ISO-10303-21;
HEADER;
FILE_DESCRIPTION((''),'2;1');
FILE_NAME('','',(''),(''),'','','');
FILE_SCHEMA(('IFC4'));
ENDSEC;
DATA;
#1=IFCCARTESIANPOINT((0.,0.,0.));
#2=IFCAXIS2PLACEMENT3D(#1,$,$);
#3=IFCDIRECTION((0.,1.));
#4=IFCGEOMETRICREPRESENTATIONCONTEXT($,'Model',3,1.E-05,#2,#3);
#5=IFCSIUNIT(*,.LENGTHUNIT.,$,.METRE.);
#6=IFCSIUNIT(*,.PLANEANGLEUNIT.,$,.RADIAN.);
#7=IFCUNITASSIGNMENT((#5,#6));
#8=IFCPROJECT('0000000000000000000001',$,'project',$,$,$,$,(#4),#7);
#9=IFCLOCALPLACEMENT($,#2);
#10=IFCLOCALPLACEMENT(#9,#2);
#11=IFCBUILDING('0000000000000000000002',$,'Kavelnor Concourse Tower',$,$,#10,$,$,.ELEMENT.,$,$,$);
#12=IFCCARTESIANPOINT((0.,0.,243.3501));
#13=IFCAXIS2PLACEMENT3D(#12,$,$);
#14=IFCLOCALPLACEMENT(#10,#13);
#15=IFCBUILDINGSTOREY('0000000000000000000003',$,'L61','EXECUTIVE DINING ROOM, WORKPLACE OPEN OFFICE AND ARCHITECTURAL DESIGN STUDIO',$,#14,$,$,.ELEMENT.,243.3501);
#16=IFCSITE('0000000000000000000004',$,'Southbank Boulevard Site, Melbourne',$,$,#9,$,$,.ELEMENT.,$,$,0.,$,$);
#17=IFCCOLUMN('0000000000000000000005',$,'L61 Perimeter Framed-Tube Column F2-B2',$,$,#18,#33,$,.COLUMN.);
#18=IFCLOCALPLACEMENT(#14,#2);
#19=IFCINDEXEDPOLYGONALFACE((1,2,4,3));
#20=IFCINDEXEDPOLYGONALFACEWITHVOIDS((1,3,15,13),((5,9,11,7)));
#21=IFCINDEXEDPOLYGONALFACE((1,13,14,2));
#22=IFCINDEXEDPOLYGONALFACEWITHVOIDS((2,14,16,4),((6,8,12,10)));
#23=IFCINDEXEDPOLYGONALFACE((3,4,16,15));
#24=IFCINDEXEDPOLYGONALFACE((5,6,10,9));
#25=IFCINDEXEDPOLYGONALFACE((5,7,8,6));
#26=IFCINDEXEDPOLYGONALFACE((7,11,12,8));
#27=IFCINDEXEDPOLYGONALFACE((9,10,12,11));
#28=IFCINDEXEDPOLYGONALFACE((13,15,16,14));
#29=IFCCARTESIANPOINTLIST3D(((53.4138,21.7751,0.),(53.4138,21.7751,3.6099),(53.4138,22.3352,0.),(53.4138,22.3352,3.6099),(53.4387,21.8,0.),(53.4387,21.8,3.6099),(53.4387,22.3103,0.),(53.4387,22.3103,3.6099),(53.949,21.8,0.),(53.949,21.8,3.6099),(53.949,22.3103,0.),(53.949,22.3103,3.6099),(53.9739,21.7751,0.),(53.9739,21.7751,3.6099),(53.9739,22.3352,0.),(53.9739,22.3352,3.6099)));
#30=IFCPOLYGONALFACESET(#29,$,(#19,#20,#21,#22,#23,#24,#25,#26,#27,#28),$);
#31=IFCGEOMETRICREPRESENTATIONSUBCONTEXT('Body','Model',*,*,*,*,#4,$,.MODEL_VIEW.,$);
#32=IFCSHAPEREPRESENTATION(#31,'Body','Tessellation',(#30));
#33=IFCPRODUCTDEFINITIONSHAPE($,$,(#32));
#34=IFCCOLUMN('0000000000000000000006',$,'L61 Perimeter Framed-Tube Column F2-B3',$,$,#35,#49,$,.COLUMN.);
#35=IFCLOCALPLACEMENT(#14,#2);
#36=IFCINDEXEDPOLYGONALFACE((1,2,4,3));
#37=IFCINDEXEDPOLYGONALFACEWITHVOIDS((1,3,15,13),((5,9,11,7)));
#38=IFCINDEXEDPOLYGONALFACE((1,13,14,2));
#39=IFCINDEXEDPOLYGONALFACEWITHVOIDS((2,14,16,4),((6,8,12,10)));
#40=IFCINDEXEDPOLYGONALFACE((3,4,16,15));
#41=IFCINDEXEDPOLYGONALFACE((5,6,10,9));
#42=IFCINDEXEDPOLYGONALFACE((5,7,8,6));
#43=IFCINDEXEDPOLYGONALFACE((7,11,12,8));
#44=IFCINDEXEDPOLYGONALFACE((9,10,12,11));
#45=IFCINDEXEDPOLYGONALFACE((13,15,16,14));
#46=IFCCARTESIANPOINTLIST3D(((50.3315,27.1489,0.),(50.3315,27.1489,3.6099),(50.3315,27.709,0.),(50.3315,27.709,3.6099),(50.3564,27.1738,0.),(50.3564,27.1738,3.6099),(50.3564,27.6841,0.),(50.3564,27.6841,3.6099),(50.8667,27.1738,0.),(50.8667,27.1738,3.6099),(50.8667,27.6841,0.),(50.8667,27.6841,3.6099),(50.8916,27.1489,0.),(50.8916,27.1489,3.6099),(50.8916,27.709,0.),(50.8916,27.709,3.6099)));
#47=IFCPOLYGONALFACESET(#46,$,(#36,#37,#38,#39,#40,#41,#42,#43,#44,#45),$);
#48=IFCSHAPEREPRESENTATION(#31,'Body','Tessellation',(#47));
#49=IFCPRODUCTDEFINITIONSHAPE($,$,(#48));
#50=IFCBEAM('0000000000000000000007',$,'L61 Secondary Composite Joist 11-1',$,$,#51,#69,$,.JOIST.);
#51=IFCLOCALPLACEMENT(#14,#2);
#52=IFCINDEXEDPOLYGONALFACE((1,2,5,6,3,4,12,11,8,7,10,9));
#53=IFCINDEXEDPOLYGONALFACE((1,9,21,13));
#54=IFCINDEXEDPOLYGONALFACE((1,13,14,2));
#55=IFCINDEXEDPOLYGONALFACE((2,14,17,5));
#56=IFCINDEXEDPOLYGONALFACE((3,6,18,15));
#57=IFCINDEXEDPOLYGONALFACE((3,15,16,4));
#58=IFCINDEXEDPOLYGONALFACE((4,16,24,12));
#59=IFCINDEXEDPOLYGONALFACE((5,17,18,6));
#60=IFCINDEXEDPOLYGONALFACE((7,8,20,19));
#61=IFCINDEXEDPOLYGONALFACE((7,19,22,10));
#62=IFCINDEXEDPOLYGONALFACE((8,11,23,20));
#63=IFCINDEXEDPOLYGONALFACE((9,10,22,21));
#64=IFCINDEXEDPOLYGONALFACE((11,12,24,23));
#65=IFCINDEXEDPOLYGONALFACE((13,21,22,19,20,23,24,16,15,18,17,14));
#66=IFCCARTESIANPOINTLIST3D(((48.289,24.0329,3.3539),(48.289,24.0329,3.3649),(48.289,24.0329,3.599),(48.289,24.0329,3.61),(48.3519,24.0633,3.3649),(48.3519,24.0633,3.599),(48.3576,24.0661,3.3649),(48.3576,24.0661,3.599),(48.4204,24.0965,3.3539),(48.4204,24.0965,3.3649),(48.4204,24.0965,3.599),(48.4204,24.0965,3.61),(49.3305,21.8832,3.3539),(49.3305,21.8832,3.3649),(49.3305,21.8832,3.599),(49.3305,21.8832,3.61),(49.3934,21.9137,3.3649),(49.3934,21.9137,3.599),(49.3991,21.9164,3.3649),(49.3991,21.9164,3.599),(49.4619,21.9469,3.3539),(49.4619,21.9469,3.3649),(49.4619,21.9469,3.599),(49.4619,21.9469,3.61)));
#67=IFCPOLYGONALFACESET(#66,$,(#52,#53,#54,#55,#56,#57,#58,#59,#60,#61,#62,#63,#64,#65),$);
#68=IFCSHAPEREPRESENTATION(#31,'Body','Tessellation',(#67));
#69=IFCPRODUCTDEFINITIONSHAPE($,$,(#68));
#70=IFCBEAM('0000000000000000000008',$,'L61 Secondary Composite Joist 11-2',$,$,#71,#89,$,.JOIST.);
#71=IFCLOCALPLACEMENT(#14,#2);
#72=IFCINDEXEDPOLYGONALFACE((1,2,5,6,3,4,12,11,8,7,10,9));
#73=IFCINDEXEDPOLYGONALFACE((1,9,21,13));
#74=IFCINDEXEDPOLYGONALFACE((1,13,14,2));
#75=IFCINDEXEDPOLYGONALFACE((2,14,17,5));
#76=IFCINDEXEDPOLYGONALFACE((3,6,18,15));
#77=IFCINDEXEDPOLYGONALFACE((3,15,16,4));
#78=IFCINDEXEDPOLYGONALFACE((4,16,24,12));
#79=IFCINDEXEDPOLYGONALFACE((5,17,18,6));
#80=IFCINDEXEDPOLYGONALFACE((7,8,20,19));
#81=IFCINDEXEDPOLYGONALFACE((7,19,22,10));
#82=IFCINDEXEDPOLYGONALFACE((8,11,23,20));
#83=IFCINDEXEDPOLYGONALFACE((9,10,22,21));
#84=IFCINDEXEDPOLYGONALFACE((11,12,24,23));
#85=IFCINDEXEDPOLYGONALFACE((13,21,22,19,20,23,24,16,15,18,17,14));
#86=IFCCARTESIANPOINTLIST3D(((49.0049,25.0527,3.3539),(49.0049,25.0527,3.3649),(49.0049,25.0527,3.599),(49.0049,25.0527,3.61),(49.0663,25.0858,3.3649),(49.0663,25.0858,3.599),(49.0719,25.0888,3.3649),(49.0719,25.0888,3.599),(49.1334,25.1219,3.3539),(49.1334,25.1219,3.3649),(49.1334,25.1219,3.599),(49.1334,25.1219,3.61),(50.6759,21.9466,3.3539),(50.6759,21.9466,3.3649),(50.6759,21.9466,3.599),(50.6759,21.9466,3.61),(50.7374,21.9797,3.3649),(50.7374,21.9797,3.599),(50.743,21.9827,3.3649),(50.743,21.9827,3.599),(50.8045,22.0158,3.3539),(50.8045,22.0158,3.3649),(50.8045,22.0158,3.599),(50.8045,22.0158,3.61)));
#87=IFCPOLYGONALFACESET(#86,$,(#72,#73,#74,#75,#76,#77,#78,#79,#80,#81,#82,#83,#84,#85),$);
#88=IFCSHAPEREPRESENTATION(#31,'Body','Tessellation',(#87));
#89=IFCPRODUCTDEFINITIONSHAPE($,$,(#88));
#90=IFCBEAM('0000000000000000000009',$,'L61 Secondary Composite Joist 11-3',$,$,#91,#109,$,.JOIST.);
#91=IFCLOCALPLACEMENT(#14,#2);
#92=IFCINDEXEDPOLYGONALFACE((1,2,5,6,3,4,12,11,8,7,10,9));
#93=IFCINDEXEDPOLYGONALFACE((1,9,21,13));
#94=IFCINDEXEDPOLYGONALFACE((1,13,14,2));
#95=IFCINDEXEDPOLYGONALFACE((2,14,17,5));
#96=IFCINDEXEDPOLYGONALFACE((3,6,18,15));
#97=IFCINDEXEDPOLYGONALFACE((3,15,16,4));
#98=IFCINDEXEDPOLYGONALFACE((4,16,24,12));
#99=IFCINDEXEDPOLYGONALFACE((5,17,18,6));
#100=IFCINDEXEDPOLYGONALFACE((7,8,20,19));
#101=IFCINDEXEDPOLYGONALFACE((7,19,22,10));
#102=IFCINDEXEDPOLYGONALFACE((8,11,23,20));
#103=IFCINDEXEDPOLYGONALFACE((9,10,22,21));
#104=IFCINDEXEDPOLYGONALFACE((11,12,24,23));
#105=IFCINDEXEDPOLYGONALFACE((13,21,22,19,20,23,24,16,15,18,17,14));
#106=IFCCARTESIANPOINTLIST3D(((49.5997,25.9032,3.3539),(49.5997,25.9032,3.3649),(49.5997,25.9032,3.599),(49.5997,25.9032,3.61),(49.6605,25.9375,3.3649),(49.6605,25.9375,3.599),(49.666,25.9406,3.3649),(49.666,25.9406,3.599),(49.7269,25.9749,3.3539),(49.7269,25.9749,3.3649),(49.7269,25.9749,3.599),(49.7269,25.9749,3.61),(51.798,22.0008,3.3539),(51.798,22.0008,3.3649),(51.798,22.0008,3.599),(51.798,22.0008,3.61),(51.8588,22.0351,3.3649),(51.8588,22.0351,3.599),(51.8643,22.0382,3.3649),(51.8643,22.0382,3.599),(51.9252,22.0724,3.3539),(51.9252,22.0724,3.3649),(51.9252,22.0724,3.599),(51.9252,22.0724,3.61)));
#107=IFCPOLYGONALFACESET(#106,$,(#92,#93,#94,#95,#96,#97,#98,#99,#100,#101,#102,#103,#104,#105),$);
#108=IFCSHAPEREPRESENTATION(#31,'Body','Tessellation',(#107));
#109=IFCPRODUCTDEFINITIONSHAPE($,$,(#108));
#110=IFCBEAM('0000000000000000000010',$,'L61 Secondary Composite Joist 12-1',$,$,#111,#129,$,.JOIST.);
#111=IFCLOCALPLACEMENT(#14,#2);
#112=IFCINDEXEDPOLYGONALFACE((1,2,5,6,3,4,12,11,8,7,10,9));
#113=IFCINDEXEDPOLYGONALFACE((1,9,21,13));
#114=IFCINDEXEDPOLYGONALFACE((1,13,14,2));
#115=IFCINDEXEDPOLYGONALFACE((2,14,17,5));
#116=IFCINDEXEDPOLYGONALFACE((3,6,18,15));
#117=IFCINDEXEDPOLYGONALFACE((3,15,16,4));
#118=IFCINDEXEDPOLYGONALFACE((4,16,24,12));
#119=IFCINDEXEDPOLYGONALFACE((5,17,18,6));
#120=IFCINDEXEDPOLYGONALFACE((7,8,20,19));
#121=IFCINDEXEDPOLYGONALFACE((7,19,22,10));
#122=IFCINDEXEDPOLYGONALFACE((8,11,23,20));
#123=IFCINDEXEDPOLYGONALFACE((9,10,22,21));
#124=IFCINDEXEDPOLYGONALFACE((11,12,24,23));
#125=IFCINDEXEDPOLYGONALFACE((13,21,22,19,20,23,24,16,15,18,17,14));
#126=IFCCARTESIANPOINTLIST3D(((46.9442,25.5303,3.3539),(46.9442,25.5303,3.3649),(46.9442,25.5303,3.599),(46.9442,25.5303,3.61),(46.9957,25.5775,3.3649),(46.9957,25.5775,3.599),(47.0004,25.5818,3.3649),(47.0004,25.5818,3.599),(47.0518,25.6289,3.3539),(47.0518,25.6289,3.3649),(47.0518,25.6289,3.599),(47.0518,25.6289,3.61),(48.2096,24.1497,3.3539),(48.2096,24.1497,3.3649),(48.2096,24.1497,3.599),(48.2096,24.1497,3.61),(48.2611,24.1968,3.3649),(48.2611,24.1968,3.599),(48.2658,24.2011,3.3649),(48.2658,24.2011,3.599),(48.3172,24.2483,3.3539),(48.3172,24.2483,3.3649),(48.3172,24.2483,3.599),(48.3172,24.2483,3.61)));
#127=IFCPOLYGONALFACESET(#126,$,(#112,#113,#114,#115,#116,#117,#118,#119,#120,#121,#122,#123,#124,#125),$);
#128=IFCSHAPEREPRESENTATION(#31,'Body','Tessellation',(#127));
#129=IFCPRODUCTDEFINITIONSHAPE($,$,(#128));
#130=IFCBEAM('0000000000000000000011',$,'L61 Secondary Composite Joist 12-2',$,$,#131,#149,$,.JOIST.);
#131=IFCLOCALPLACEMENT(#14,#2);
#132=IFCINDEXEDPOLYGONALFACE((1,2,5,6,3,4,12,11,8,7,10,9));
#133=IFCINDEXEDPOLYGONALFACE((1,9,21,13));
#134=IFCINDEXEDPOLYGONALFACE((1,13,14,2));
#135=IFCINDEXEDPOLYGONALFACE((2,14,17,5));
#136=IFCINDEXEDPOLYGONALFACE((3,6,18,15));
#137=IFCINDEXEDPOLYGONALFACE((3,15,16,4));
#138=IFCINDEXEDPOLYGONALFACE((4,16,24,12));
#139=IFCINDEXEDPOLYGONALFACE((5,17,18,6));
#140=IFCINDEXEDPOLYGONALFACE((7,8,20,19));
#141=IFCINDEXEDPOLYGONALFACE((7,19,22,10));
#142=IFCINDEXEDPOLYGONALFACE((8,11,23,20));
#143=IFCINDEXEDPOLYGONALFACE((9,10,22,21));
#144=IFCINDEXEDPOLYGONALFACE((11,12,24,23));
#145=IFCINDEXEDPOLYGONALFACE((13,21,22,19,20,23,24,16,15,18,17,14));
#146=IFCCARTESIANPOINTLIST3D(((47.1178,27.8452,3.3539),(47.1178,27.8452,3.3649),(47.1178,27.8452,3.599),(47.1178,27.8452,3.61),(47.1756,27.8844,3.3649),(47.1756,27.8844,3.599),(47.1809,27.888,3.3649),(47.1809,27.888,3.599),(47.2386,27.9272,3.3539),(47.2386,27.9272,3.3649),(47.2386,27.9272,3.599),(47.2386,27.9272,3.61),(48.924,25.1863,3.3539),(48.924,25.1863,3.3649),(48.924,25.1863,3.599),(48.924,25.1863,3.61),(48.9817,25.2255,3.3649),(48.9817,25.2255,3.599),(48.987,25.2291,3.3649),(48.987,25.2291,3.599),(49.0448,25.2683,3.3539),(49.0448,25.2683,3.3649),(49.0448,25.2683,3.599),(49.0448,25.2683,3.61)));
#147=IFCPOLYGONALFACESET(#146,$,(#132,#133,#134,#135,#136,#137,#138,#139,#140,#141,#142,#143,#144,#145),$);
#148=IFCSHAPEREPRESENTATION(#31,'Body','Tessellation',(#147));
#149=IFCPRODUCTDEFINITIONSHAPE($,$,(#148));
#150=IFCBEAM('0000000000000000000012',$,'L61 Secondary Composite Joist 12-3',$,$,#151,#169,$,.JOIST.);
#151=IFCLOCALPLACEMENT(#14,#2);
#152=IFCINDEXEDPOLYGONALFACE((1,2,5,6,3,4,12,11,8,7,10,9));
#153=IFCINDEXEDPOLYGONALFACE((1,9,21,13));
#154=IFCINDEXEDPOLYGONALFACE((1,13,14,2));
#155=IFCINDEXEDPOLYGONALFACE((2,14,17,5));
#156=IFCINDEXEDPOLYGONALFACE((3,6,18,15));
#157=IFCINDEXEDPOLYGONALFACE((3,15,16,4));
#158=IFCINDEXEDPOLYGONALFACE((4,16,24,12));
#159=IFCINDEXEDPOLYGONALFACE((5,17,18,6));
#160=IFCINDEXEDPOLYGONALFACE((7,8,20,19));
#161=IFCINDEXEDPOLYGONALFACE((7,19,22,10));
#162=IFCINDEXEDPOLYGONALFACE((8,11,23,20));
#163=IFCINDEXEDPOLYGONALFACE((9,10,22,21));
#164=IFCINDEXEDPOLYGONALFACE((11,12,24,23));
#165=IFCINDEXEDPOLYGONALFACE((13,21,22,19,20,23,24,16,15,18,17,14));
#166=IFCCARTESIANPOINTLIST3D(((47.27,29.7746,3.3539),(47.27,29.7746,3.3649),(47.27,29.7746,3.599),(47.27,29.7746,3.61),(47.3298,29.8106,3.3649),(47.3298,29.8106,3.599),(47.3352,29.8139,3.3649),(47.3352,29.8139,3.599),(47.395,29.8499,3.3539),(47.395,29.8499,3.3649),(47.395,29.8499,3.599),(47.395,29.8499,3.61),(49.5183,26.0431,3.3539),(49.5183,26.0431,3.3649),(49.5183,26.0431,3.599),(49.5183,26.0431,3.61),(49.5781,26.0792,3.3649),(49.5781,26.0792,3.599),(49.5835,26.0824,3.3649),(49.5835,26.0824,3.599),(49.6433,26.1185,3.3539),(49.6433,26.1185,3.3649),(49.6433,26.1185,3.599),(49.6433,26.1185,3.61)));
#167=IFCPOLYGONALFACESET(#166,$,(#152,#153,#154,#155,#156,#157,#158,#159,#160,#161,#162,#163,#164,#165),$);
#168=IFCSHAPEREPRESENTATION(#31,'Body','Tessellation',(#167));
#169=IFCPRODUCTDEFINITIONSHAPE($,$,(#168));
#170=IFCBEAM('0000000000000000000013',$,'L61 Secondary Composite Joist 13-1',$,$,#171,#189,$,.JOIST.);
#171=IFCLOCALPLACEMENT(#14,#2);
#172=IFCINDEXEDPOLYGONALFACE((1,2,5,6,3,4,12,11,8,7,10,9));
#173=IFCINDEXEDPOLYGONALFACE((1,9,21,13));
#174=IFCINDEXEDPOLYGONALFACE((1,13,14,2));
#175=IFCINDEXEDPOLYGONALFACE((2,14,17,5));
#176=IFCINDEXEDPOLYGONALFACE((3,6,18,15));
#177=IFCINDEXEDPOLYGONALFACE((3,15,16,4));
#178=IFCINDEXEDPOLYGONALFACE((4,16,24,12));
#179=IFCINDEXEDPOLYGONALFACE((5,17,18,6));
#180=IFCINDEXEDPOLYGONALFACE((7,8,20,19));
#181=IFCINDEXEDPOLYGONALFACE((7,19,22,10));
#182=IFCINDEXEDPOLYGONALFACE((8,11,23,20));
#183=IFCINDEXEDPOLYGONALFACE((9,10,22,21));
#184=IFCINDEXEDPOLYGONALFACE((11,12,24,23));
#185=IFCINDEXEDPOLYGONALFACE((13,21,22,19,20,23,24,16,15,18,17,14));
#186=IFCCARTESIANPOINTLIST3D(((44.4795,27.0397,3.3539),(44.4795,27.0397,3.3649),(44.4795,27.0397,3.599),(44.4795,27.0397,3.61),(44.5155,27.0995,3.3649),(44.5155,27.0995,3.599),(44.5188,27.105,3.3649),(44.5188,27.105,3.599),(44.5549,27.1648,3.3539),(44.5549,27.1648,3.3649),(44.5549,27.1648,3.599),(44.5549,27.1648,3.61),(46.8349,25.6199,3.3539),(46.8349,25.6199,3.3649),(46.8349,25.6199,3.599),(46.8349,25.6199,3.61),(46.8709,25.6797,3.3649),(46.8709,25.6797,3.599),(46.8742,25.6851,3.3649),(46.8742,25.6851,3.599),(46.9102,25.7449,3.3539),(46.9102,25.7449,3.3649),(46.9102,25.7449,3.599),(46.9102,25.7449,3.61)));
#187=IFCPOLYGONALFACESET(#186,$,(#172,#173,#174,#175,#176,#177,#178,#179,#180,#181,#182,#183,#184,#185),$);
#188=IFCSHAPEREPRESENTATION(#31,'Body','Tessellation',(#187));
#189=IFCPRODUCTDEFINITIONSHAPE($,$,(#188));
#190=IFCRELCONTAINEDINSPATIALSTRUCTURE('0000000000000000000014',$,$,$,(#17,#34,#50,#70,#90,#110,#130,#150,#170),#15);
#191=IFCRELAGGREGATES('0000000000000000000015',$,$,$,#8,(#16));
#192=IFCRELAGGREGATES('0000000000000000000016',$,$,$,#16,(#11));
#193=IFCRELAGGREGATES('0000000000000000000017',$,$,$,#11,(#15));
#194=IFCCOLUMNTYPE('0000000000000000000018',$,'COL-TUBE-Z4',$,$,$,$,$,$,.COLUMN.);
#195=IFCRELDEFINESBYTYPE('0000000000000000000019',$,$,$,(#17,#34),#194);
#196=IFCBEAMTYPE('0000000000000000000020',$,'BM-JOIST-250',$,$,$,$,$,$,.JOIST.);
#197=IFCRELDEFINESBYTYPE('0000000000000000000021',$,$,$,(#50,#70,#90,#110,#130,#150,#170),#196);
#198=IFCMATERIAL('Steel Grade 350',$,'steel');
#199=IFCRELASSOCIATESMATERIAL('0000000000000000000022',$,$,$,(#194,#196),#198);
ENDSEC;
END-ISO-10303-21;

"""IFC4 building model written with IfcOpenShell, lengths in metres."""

from ifc_helpers import new_model, si_unit, direction, frame, origin, origin_2d, place, context, subcontext, project, spatial, hollow_rectangle, i_section, extrude, material, material_profile, profile_set, type_object, element, save


model = new_model("IFC4")

# Units and contexts
model_context = context("Model", 3, precision=1e-05, world=origin(), true_north=direction((0.0, 1.0)))
body_context = subcontext(model_context, "Body", "Model", "MODEL_VIEW")
ifc_project = project(units=[si_unit("LENGTHUNIT", "METRE"), si_unit("PLANEANGLEUNIT", "RADIAN")], contexts=[model_context])

# Site, building, storey
site_placement = place(None, origin())
site = spatial("IfcSite", under=ifc_project, at=site_placement, Name="Southbank Boulevard Site, Melbourne", CompositionType="ELEMENT", RefElevation=0.0)
building_placement = place(site_placement, origin())
building = spatial("IfcBuilding", under=site, at=building_placement, Name="Kavelnor Concourse Tower", CompositionType="ELEMENT")
storey_placement = place(building_placement, frame((0.0, 0.0, 243.3501)))
storey = spatial("IfcBuildingStorey", under=building, at=storey_placement, Name="L61", Description="EXECUTIVE DINING ROOM, WORKPLACE OPEN OFFICE AND ARCHITECTURAL DESIGN STUDIO", CompositionType="ELEMENT", Elevation=243.3501)

# Columns
ifc_material_1 = material(Name="Steel Grade 350", Category="steel")
ifc_material_profile_1 = material_profile(ifc_material_1, hollow_rectangle(XDim=0.5601, YDim=0.5601, WallThickness=0.0249, at=origin_2d()), Name="SHS 560x560x25")
ifc_profile_set_1 = profile_set([ifc_material_profile_1], Name="Steel Grade 350")
column_type = type_object("IfcColumnType", Name="COL-TUBE-Z4", PredefinedType="COLUMN", material=ifc_profile_set_1)
for number, where, z_axis, x_axis, name in (
    (1, (53.6938, 22.0552, 0.0), (0.0, 0.0, 1.0), (1.0, 0.0, 0.0), "L61 Perimeter Framed-Tube Column F2-B2"),
    (2, (50.6116, 27.429, 0.0), (0.0, 0.0, 1.0), (1.0, 0.0, 0.0), "L61 Perimeter Framed-Tube Column F2-B3"),
):
    element("IfcColumn", number, at=place(storey_placement, frame(where, z_axis=z_axis, x_axis=x_axis)), inside=storey, type_object=column_type, Name=name, PredefinedType="COLUMN", context=body_context, shape_type="SweptSolid", body=[
        extrude(hollow_rectangle(XDim=0.5601, YDim=0.5601, WallThickness=0.0249, at=origin_2d()), origin(), (0.0, 0.0, 1.0), 3.6099),
    ])

# Beams
ifc_material_profile_2 = material_profile(ifc_material_1, i_section(OverallWidth=0.146, OverallDepth=0.2561, WebThickness=0.0063, FlangeThickness=0.011, at=origin_2d()), Name="250UB37")
ifc_profile_set_2 = profile_set([ifc_material_profile_2], Name="Steel Grade 350")
beam_type_1 = type_object("IfcBeamType", Name="BM-JOIST-250", PredefinedType="JOIST", material=ifc_profile_set_2)
beam_1_placement = place(storey_placement, frame((49.3962, 21.915, 3.4819), z_axis=(-0.436018, 0.899938, 0.0), x_axis=(-0.899938, -0.436018, 0.0)))
element("IfcBeam", 3, at=beam_1_placement, inside=storey, type_object=beam_type_1, Name="L61 Secondary Composite Joist 11-1", PredefinedType="JOIST", context=body_context, shape_type="SweptSolid", body=[
    extrude(i_section(OverallWidth=0.146, OverallDepth=0.2561, WebThickness=0.0063, FlangeThickness=0.011, at=origin_2d()), origin(), (0.0, 0.0, 1.0), 2.3887),
])
beam_2_placement = place(storey_placement, frame((50.7402, 21.9812, 3.4819), z_axis=(-0.473786, 0.88064, 0.0), x_axis=(-0.88064, -0.473786, 0.0)))
element("IfcBeam", 4, at=beam_2_placement, inside=storey, type_object=beam_type_1, Name="L61 Secondary Composite Joist 11-2", PredefinedType="JOIST", context=body_context, shape_type="SweptSolid", body=[
    extrude(i_section(OverallWidth=0.146, OverallDepth=0.2561, WebThickness=0.0063, FlangeThickness=0.011, at=origin_2d()), origin(), (0.0, 0.0, 1.0), 3.5271),
])
beam_3_placement = place(storey_placement, frame((51.8616, 22.0366, 3.4819), z_axis=(-0.490799, 0.871273, 0.0), x_axis=(-0.871273, -0.490799, 0.0)))
element("IfcBeam", 5, at=beam_3_placement, inside=storey, type_object=beam_type_1, Name="L61 Secondary Composite Joist 11-3", PredefinedType="JOIST", context=body_context, shape_type="SweptSolid", body=[
    extrude(i_section(OverallWidth=0.146, OverallDepth=0.2561, WebThickness=0.0063, FlangeThickness=0.011, at=origin_2d()), origin(), (0.0, 0.0, 1.0), 4.479),
])
beam_4_placement = place(storey_placement, frame((48.2634, 24.199, 3.4819), z_axis=(-0.675671, 0.737203, 0.0), x_axis=(-0.737203, -0.675671, 0.0)))
element("IfcBeam", 6, at=beam_4_placement, inside=storey, type_object=beam_type_1, Name="L61 Secondary Composite Joist 12-1", PredefinedType="JOIST", context=body_context, shape_type="SweptSolid", body=[
    extrude(i_section(OverallWidth=0.146, OverallDepth=0.2561, WebThickness=0.0063, FlangeThickness=0.011, at=origin_2d()), origin(), (0.0, 0.0, 1.0), 1.8728),
])
beam_5_placement = place(storey_placement, frame((48.9844, 25.2273, 3.4819), z_axis=(-0.561901, 0.827205, 0.0), x_axis=(-0.827205, -0.561901, 0.0)))
element("IfcBeam", 7, at=beam_5_placement, inside=storey, type_object=beam_type_1, Name="L61 Secondary Composite Joist 12-2", PredefinedType="JOIST", context=body_context, shape_type="SweptSolid", body=[
    extrude(i_section(OverallWidth=0.146, OverallDepth=0.2561, WebThickness=0.0063, FlangeThickness=0.011, at=origin_2d()), origin(), (0.0, 0.0, 1.0), 3.2144),
])
beam_6_placement = place(storey_placement, frame((49.5808, 26.0808, 3.4819), z_axis=(-0.516085, 0.856537, 0.0), x_axis=(-0.856537, -0.516085, 0.0)))
element("IfcBeam", 8, at=beam_6_placement, inside=storey, type_object=beam_type_1, Name="L61 Secondary Composite Joist 12-3", PredefinedType="JOIST", context=body_context, shape_type="SweptSolid", body=[
    extrude(i_section(OverallWidth=0.146, OverallDepth=0.2561, WebThickness=0.0063, FlangeThickness=0.011, at=origin_2d()), origin(), (0.0, 0.0, 1.0), 4.3564),
])
beam_7_placement = place(storey_placement, frame((46.8726, 25.6824, 3.4819), z_axis=(-0.856426, 0.51627, 0.0), x_axis=(-0.51627, -0.856426, 0.0)))
element("IfcBeam", 9, at=beam_7_placement, inside=storey, type_object=beam_type_1, Name="L61 Secondary Composite Joist 13-1", PredefinedType="JOIST", context=body_context, shape_type="SweptSolid", body=[
    extrude(i_section(OverallWidth=0.146, OverallDepth=0.2561, WebThickness=0.0063, FlangeThickness=0.011, at=origin_2d()), origin(), (0.0, 0.0, 1.0), 2.7502),
])

save(model, "model.ifc")
